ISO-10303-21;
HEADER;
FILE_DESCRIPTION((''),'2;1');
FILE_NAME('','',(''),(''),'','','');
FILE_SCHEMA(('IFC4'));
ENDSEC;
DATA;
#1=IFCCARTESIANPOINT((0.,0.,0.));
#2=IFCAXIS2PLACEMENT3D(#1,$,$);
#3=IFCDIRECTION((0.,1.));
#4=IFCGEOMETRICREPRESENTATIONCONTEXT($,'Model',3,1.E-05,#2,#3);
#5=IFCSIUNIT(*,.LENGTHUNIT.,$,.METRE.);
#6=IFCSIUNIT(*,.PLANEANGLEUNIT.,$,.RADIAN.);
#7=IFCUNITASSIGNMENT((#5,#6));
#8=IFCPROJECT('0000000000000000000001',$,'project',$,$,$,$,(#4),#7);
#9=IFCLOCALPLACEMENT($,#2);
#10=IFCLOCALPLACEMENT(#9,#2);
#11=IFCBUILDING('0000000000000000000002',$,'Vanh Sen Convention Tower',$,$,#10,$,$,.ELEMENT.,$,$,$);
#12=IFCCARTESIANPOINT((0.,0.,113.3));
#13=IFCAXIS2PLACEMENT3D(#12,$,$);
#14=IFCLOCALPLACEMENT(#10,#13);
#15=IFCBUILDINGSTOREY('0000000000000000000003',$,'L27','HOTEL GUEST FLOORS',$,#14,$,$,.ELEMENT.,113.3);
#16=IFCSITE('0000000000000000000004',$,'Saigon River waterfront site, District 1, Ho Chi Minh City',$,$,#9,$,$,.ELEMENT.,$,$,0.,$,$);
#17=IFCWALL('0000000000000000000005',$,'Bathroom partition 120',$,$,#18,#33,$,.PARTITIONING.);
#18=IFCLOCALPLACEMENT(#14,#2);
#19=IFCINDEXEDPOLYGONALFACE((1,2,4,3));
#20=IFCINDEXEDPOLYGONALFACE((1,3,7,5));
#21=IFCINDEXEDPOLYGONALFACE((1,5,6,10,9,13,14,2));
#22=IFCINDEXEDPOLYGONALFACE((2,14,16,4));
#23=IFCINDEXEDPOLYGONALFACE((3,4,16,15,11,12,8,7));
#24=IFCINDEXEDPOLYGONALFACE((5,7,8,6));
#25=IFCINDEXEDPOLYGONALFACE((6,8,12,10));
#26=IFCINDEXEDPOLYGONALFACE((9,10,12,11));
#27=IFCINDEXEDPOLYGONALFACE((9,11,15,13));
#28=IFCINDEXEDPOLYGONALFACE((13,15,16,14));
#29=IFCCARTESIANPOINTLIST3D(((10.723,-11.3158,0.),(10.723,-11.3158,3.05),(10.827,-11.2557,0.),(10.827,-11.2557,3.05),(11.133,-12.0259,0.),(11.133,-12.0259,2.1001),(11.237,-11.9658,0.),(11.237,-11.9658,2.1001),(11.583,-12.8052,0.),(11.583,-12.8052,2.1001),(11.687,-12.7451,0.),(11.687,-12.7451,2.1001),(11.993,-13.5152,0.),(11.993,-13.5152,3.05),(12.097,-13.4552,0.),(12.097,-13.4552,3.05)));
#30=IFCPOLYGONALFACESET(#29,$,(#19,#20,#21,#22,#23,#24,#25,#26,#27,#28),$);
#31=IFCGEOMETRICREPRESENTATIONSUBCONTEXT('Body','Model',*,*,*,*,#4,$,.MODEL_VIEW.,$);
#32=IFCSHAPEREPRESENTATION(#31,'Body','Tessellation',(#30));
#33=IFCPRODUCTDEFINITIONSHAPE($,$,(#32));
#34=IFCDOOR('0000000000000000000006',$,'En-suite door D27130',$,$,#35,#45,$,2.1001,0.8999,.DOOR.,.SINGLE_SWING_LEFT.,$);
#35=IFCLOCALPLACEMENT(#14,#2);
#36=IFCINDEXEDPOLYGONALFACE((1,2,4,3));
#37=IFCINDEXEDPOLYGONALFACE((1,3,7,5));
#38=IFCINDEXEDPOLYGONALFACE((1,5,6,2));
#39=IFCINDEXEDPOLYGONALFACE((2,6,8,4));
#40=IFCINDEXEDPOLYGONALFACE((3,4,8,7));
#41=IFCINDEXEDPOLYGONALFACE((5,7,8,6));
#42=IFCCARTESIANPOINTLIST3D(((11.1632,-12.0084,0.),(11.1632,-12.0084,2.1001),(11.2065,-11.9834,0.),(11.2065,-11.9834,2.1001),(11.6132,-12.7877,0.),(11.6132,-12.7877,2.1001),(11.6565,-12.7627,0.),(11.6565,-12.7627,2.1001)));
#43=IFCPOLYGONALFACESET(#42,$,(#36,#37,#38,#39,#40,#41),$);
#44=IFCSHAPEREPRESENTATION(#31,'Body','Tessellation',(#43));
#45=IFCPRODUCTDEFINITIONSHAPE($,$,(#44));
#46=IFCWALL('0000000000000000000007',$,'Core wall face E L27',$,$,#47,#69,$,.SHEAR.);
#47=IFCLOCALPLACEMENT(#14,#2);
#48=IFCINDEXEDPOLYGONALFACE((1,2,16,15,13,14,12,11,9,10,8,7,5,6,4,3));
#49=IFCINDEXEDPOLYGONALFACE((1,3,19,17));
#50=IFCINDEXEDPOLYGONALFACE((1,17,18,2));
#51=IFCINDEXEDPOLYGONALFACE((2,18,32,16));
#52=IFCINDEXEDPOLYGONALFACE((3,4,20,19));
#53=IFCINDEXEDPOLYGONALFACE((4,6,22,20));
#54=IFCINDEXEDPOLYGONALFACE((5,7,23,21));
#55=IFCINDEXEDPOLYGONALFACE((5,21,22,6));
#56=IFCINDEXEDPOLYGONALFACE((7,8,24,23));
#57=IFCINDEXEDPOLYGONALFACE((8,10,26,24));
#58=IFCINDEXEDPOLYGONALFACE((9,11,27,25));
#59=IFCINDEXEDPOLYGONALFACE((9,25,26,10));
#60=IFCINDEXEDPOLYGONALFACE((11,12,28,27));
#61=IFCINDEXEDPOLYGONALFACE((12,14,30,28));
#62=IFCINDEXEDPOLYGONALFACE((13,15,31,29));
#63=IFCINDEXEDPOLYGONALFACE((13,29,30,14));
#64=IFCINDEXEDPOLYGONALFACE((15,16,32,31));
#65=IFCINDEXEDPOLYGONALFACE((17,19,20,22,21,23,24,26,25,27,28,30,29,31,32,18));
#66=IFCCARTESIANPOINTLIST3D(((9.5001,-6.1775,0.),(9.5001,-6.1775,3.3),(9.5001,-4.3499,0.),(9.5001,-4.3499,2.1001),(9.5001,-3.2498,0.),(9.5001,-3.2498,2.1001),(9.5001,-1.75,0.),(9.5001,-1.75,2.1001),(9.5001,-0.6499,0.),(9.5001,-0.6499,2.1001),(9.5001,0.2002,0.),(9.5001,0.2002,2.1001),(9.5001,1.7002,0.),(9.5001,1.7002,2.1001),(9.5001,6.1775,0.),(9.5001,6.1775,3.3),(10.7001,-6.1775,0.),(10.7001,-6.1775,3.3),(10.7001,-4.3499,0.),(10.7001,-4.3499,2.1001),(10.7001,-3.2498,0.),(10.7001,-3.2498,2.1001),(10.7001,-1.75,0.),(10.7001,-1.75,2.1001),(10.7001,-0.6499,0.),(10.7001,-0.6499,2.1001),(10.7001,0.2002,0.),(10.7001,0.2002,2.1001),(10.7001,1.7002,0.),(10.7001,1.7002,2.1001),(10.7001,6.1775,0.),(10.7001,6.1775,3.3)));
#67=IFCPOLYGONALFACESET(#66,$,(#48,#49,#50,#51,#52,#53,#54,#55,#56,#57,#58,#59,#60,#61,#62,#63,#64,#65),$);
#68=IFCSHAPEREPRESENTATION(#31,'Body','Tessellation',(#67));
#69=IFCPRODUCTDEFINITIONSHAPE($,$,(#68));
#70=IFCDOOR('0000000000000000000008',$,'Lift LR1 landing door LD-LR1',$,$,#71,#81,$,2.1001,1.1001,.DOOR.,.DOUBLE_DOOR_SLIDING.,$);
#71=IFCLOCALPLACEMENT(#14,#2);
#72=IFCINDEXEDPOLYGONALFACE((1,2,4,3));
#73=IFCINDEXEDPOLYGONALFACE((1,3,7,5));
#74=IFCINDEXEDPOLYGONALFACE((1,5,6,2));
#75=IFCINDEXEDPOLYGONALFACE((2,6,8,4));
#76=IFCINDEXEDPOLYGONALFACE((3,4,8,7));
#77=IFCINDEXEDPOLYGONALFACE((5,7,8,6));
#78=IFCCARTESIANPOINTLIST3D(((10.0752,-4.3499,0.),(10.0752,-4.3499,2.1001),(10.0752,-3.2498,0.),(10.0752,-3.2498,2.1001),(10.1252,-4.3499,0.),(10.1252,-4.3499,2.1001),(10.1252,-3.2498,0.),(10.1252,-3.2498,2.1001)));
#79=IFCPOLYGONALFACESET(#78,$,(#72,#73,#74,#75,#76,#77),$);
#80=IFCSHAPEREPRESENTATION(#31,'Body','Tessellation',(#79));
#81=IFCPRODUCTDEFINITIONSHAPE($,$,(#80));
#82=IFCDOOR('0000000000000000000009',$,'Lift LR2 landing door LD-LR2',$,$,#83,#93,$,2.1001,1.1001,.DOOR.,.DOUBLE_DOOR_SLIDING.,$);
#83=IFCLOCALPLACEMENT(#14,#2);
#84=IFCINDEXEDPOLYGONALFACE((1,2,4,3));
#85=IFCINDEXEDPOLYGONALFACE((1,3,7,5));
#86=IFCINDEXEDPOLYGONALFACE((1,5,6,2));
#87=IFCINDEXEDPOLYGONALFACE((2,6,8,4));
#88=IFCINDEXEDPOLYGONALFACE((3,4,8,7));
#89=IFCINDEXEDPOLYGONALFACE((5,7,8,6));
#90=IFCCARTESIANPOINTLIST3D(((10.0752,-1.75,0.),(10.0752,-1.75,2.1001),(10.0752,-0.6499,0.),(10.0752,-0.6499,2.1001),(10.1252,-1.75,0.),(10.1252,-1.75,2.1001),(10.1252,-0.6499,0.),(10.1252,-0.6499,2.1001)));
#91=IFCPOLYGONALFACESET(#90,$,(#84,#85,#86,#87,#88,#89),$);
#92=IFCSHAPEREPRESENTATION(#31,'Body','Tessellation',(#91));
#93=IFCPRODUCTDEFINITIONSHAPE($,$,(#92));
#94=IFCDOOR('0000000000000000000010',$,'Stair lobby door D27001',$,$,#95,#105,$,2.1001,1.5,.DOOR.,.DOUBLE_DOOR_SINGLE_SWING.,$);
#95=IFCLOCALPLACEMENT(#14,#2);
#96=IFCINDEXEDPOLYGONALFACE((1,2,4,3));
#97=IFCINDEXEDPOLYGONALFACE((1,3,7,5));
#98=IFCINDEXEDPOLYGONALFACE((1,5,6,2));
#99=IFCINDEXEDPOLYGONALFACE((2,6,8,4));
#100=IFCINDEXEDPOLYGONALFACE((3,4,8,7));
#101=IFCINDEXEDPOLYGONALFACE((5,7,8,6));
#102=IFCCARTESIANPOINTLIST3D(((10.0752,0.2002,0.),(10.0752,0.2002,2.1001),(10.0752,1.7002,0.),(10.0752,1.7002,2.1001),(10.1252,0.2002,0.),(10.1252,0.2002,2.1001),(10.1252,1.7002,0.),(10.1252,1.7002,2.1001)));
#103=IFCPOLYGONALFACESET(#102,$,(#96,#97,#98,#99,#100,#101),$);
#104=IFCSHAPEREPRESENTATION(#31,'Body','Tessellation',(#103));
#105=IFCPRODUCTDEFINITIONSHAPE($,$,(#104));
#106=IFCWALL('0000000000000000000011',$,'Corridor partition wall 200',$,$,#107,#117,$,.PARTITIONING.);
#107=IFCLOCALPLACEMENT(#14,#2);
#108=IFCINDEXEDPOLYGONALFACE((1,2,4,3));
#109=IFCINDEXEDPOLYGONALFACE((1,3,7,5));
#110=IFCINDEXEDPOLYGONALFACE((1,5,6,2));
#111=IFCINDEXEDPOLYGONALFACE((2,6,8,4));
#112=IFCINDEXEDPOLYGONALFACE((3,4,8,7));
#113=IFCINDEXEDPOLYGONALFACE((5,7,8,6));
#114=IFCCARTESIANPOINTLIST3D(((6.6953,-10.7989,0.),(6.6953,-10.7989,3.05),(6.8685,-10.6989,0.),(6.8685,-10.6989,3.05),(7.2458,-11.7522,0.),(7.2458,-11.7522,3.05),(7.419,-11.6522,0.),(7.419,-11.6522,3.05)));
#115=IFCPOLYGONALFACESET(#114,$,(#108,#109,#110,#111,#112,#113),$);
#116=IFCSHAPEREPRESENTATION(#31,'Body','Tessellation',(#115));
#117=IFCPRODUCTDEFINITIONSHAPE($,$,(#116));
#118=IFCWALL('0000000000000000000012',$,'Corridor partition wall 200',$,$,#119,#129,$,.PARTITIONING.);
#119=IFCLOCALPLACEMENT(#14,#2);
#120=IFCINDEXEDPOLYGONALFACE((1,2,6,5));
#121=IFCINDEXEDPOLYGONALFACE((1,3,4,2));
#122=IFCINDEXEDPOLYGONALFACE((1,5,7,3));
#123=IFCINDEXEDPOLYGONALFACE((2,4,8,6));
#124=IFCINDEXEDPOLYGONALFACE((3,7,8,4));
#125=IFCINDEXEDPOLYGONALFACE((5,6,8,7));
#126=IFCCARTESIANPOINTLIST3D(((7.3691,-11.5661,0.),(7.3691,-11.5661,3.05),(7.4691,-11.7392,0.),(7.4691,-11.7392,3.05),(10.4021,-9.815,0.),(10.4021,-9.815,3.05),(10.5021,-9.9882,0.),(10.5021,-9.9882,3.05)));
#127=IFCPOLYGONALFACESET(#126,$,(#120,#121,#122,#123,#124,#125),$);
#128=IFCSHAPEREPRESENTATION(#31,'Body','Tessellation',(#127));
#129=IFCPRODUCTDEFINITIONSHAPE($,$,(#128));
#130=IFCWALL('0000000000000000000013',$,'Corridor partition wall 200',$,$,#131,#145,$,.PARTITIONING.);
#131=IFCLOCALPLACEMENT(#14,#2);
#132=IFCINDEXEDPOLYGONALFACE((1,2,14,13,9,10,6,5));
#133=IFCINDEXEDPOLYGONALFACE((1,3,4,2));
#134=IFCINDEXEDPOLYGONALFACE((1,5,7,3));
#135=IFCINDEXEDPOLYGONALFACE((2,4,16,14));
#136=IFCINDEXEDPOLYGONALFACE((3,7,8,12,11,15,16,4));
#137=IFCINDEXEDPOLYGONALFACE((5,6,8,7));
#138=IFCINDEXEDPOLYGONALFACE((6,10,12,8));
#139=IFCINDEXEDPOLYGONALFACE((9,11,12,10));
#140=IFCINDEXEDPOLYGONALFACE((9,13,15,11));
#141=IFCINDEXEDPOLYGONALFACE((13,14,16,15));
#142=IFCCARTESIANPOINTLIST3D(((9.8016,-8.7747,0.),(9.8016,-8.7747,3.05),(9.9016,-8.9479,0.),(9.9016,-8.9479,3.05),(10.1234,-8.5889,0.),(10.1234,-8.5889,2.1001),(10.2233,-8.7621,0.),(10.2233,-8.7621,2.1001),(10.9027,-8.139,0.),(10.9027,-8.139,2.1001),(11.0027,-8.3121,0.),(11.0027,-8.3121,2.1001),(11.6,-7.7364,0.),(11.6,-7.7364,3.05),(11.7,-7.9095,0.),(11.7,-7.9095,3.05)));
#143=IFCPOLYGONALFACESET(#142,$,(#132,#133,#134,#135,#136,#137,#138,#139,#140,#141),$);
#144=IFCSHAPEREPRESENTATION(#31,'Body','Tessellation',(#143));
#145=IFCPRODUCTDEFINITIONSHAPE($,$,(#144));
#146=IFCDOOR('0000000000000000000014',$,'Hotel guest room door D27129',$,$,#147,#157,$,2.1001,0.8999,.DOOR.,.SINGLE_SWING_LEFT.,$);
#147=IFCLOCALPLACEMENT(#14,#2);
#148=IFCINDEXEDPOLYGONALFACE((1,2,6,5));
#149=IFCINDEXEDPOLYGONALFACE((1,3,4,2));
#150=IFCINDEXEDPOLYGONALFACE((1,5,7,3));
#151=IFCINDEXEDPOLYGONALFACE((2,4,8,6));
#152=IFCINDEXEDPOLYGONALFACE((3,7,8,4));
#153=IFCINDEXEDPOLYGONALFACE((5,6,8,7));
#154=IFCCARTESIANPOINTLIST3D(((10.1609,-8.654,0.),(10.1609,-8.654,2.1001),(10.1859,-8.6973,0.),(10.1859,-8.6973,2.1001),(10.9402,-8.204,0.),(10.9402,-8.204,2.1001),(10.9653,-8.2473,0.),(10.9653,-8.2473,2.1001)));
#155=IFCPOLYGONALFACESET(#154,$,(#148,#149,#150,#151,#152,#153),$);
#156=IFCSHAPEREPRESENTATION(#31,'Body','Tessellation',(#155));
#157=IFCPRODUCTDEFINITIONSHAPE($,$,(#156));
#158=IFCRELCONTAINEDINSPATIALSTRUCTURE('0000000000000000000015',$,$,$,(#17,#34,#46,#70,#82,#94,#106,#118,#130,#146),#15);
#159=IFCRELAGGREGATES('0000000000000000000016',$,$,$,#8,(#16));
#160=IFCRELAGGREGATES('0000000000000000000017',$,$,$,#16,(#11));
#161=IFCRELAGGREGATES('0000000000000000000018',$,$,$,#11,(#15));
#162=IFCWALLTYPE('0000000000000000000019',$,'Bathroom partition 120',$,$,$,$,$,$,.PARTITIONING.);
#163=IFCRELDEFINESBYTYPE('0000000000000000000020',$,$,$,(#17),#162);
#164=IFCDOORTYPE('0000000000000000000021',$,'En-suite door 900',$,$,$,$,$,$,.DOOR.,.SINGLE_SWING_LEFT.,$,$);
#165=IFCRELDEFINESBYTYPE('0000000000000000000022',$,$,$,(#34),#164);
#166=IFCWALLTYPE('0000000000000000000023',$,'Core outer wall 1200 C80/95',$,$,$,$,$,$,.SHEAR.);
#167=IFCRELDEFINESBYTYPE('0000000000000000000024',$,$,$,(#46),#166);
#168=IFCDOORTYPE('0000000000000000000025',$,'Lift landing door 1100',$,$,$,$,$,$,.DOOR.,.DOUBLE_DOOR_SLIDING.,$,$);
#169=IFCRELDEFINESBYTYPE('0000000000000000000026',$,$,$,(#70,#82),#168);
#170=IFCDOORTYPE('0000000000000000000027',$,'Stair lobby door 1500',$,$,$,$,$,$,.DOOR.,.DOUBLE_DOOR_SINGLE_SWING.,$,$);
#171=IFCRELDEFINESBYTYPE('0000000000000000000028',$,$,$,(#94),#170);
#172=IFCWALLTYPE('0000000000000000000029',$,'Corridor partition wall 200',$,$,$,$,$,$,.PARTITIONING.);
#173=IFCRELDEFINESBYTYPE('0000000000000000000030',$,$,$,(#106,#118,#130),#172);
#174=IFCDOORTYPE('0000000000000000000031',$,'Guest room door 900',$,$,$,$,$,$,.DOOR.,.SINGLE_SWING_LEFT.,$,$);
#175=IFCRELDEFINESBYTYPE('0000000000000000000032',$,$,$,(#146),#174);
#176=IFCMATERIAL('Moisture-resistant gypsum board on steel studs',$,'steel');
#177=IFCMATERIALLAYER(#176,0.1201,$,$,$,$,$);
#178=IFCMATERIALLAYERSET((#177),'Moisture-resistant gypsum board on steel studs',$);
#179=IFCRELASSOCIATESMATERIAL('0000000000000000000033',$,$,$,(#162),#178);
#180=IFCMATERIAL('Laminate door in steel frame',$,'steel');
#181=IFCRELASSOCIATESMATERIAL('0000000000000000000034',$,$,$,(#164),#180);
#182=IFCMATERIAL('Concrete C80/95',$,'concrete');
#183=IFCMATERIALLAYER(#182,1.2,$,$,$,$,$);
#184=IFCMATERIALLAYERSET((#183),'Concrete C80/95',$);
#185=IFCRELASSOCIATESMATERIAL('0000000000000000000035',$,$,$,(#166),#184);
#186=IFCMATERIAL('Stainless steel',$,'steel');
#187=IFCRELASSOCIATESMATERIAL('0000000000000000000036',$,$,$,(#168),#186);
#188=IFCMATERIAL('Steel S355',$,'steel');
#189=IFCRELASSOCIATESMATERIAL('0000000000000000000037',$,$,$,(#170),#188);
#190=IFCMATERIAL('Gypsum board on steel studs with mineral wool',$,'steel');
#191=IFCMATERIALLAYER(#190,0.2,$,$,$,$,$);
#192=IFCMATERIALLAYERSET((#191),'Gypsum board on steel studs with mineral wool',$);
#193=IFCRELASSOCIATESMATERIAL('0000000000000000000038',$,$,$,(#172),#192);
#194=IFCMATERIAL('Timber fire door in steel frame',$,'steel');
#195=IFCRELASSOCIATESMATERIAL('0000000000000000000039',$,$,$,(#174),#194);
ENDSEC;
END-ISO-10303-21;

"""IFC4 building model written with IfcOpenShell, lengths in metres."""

from ifc_helpers import new_model, si_unit, direction, frame, frame_2d, origin, place, context, subcontext, project, spatial, rectangle, extrude, material, layer, layer_set, type_object, element, fill, save


model = new_model("IFC4")

# Units and contexts
model_context = context("Model", 3, precision=1e-05, world=origin(), true_north=direction((0.0, 1.0)))
body_context = subcontext(model_context, "Body", "Model", "MODEL_VIEW")
ifc_project = project(units=[si_unit("LENGTHUNIT", "METRE"), si_unit("PLANEANGLEUNIT", "RADIAN")], contexts=[model_context])

# Site, building, storey
site_placement = place(None, origin())
site = spatial("IfcSite", under=ifc_project, at=site_placement, Name="Saigon River waterfront site, District 1, Ho Chi Minh City", CompositionType="ELEMENT", RefElevation=0.0)
building_placement = place(site_placement, origin())
building = spatial("IfcBuilding", under=site, at=building_placement, Name="Vanh Sen Convention Tower", CompositionType="ELEMENT")
storey_placement = place(building_placement, frame((0.0, 0.0, 113.3)))
storey = spatial("IfcBuildingStorey", under=building, at=storey_placement, Name="L27", Description="HOTEL GUEST FLOORS", CompositionType="ELEMENT", Elevation=113.3)

# Wall, opening, door
ifc_material_1 = material(Name="Moisture-resistant gypsum board on steel studs", Category="steel")
ifc_layer_1 = layer(ifc_material_1, 0.1201)
ifc_layer_set_1 = layer_set([ifc_layer_1], Name="Moisture-resistant gypsum board on steel studs")
wall_type_1 = type_object("IfcWallType", Name="Bathroom partition 120", PredefinedType="PARTITIONING", material=ifc_layer_set_1)
wall_1_placement = place(storey_placement, frame((10.7749, -11.2856, 0.0), z_axis=(0.0, 0.0, 1.0), x_axis=(0.500047, -0.865998, 0.0)))
wall_1 = element("IfcWall", 1, at=wall_1_placement, inside=storey, type_object=wall_type_1, Name="Bathroom partition 120", PredefinedType="PARTITIONING", context=body_context, shape_type="SweptSolid", body=[
    extrude(rectangle(XDim=2.5398, YDim=0.1201, at=frame_2d((1.27, 0.0))), origin(), (0.0, 0.0, 1.0), 3.05),
])
opening_1_placement = place(wall_1_placement, frame((0.8201, 0.0, 0.0)))
opening_1 = element("IfcOpeningElement", 2, at=opening_1_placement, cuts=wall_1, PredefinedType="OPENING", context=body_context, shape_type="SweptSolid", body=[
    extrude(rectangle(XDim=0.8999, YDim=2.1001, at=frame_2d((0.45, 1.05))), frame((0.0, 0.0701, 0.0), z_axis=(0.0, -1.0, 0.0), x_axis=(1.0, 0.0, 0.0)), (0.0, 0.0, 1.0), 0.1401),
])
ifc_material_2 = material(Name="Laminate door in steel frame", Category="steel")
door_type_1 = type_object("IfcDoorType", Name="En-suite door 900", OperationType="SINGLE_SWING_LEFT", PredefinedType="DOOR", material=ifc_material_2)
door_1_placement = place(opening_1_placement, origin())
door_1 = element("IfcDoor", 3, at=door_1_placement, inside=storey, type_object=door_type_1, Name="En-suite door D27130", OperationType="SINGLE_SWING_LEFT", OverallHeight=2.1001, OverallWidth=0.8999, PredefinedType="DOOR", context=body_context, shape_type="SweptSolid", body=[
    extrude(rectangle(XDim=0.8999, YDim=2.1001, at=frame_2d((0.45, 1.05))), frame((0.0, 0.0249, 0.0), z_axis=(0.0, -1.0, 0.0), x_axis=(1.0, 0.0, 0.0)), (0.0, 0.0, 1.0), 0.05),
])
fill(opening_1, door_1)

# Wall, openings, doors
ifc_material_3 = material(Name="Concrete C80/95", Category="concrete")
ifc_layer_2 = layer(ifc_material_3, 1.2)
ifc_layer_set_2 = layer_set([ifc_layer_2], Name="Concrete C80/95")
wall_type_2 = type_object("IfcWallType", Name="Core outer wall 1200 C80/95", PredefinedType="SHEAR", material=ifc_layer_set_2)
wall_2_placement = place(storey_placement, frame((10.1001, -6.1775, 0.0), z_axis=(0.0, 0.0, 1.0), x_axis=(0.0, 1.0, 0.0)))
wall_2 = element("IfcWall", 4, at=wall_2_placement, inside=storey, type_object=wall_type_2, Name="Core wall face E L27", PredefinedType="SHEAR", context=body_context, shape_type="SweptSolid", body=[
    extrude(rectangle(XDim=12.355, YDim=1.2, at=frame_2d((6.1775, 0.0))), origin(), (0.0, 0.0, 1.0), 3.3),
])
opening_2_placement = place(wall_2_placement, frame((6.3777, 0.0, 0.0)))
opening_2 = element("IfcOpeningElement", 5, at=opening_2_placement, cuts=wall_2, PredefinedType="OPENING", context=body_context, shape_type="SweptSolid", body=[
    extrude(rectangle(XDim=1.5, YDim=2.1001, at=frame_2d((0.75, 1.05))), frame((0.0, 0.6099, 0.0), z_axis=(0.0, -1.0, 0.0), x_axis=(1.0, 0.0, 0.0)), (0.0, 0.0, 1.0), 1.22),
])
opening_3_placement = place(wall_2_placement, frame((1.8276, 0.0, 0.0)))
opening_3 = element("IfcOpeningElement", 6, at=opening_3_placement, cuts=wall_2, PredefinedType="OPENING", context=body_context, shape_type="SweptSolid", body=[
    extrude(rectangle(XDim=1.1001, YDim=2.1001, at=frame_2d((0.55, 1.05))), frame((0.0, 0.6099, 0.0), z_axis=(0.0, -1.0, 0.0), x_axis=(1.0, 0.0, 0.0)), (0.0, 0.0, 1.0), 1.22),
])
opening_4_placement = place(wall_2_placement, frame((4.4275, 0.0, 0.0)))
opening_4 = element("IfcOpeningElement", 7, at=opening_4_placement, cuts=wall_2, PredefinedType="OPENING", context=body_context, shape_type="SweptSolid", body=[
    extrude(rectangle(XDim=1.1001, YDim=2.1001, at=frame_2d((0.55, 1.05))), frame((0.0, 0.6099, 0.0), z_axis=(0.0, -1.0, 0.0), x_axis=(1.0, 0.0, 0.0)), (0.0, 0.0, 1.0), 1.22),
])
ifc_material_4 = material(Name="Stainless steel", Category="steel")
door_type_2 = type_object("IfcDoorType", Name="Lift landing door 1100", OperationType="DOUBLE_DOOR_SLIDING", PredefinedType="DOOR", material=ifc_material_4)
door_2_placement = place(opening_3_placement, origin())
door_2 = element("IfcDoor", 8, at=door_2_placement, inside=storey, type_object=door_type_2, Name="Lift LR1 landing door LD-LR1", OperationType="DOUBLE_DOOR_SLIDING", OverallHeight=2.1001, OverallWidth=1.1001, PredefinedType="DOOR", context=body_context, shape_type="SweptSolid", body=[
    extrude(rectangle(XDim=1.1001, YDim=2.1001, at=frame_2d((0.55, 1.05))), frame((0.0, 0.0249, 0.0), z_axis=(0.0, -1.0, 0.0), x_axis=(1.0, 0.0, 0.0)), (0.0, 0.0, 1.0), 0.05),
])
fill(opening_3, door_2)
door_3_placement = place(opening_4_placement, origin())
door_3 = element("IfcDoor", 9, at=door_3_placement, inside=storey, type_object=door_type_2, Name="Lift LR2 landing door LD-LR2", OperationType="DOUBLE_DOOR_SLIDING", OverallHeight=2.1001, OverallWidth=1.1001, PredefinedType="DOOR", context=body_context, shape_type="SweptSolid", body=[
    extrude(rectangle(XDim=1.1001, YDim=2.1001, at=frame_2d((0.55, 1.05))), frame((0.0, 0.0249, 0.0), z_axis=(0.0, -1.0, 0.0), x_axis=(1.0, 0.0, 0.0)), (0.0, 0.0, 1.0), 0.05),
])
fill(opening_4, door_3)
ifc_material_5 = material(Name="Steel S355", Category="steel")
door_type_3 = type_object("IfcDoorType", Name="Stair lobby door 1500", OperationType="DOUBLE_DOOR_SINGLE_SWING", PredefinedType="DOOR", material=ifc_material_5)
door_4_placement = place(opening_2_placement, origin())
door_4 = element("IfcDoor", 10, at=door_4_placement, inside=storey, type_object=door_type_3, Name="Stair lobby door D27001", OperationType="DOUBLE_DOOR_SINGLE_SWING", OverallHeight=2.1001, OverallWidth=1.5, PredefinedType="DOOR", context=body_context, shape_type="SweptSolid", body=[
    extrude(rectangle(XDim=1.5, YDim=2.1001, at=frame_2d((0.75, 1.05))), frame((0.0, 0.0249, 0.0), z_axis=(0.0, -1.0, 0.0), x_axis=(1.0, 0.0, 0.0)), (0.0, 0.0, 1.0), 0.05),
])
fill(opening_2, door_4)

# Walls
ifc_material_6 = material(Name="Gypsum board on steel studs with mineral wool", Category="steel")
ifc_layer_3 = layer(ifc_material_6, 0.2)
ifc_layer_set_3 = layer_set([ifc_layer_3], Name="Gypsum board on steel studs with mineral wool")
wall_type_3 = type_object("IfcWallType", Name="Corridor partition wall 200", PredefinedType="PARTITIONING", material=ifc_layer_set_3)
wall_3_placement = place(storey_placement, frame((6.782, -10.749, 0.0), z_axis=(0.0, 0.0, 1.0), x_axis=(0.500074, -0.865982, 0.0)))
element("IfcWall", 11, at=wall_3_placement, inside=storey, type_object=wall_type_3, Name="Corridor partition wall 200", PredefinedType="PARTITIONING", context=body_context, shape_type="SweptSolid", body=[
    extrude(rectangle(XDim=1.1008, YDim=0.2, at=frame_2d((0.5503, 0.0))), origin(), (0.0, 0.0, 1.0), 3.05),
])
wall_4_placement = place(storey_placement, frame((7.4192, -11.6526, 0.0), z_axis=(0.0, 0.0, 1.0), x_axis=(0.866038, 0.499978, 0.0)))
element("IfcWall", 12, at=wall_4_placement, inside=storey, type_object=wall_type_3, Name="Corridor partition wall 200", PredefinedType="PARTITIONING", context=body_context, shape_type="SweptSolid", body=[
    extrude(rectangle(XDim=3.5022, YDim=0.2, at=frame_2d((1.751, 0.0))), origin(), (0.0, 0.0, 1.0), 3.05),
])

# Wall, opening, door
wall_5_placement = place(storey_placement, frame((9.8516, -8.8613, 0.0), z_axis=(0.0, 0.0, 1.0), x_axis=(0.866013, 0.500021, 0.0)))
wall_5 = element("IfcWall", 13, at=wall_5_placement, inside=storey, type_object=wall_type_3, Name="Corridor partition wall 200", PredefinedType="PARTITIONING", context=body_context, shape_type="SweptSolid", body=[
    extrude(rectangle(XDim=2.0767, YDim=0.2, at=frame_2d((1.0383, 0.0))), origin(), (0.0, 0.0, 1.0), 3.05),
])
opening_5_placement = place(wall_5_placement, frame((0.3716, 0.0, 0.0)))
opening_5 = element("IfcOpeningElement", 14, at=opening_5_placement, cuts=wall_5, PredefinedType="OPENING", context=body_context, shape_type="SweptSolid", body=[
    extrude(rectangle(XDim=0.8999, YDim=2.1001, at=frame_2d((0.45, 1.05))), frame((0.0, 0.1099, 0.0), z_axis=(0.0, -1.0, 0.0), x_axis=(1.0, 0.0, 0.0)), (0.0, 0.0, 1.0), 0.22),
])
ifc_material_7 = material(Name="Timber fire door in steel frame", Category="steel")
door_type_4 = type_object("IfcDoorType", Name="Guest room door 900", OperationType="SINGLE_SWING_LEFT", PredefinedType="DOOR", material=ifc_material_7)
door_5_placement = place(opening_5_placement, origin())
door_5 = element("IfcDoor", 15, at=door_5_placement, inside=storey, type_object=door_type_4, Name="Hotel guest room door D27129", OperationType="SINGLE_SWING_LEFT", OverallHeight=2.1001, OverallWidth=0.8999, PredefinedType="DOOR", context=body_context, shape_type="SweptSolid", body=[
    extrude(rectangle(XDim=0.8999, YDim=2.1001, at=frame_2d((0.45, 1.05))), frame((0.0, 0.0249, 0.0), z_axis=(0.0, -1.0, 0.0), x_axis=(1.0, 0.0, 0.0)), (0.0, 0.0, 1.0), 0.05),
])
fill(opening_5, door_5)

save(model, "model.ifc")
